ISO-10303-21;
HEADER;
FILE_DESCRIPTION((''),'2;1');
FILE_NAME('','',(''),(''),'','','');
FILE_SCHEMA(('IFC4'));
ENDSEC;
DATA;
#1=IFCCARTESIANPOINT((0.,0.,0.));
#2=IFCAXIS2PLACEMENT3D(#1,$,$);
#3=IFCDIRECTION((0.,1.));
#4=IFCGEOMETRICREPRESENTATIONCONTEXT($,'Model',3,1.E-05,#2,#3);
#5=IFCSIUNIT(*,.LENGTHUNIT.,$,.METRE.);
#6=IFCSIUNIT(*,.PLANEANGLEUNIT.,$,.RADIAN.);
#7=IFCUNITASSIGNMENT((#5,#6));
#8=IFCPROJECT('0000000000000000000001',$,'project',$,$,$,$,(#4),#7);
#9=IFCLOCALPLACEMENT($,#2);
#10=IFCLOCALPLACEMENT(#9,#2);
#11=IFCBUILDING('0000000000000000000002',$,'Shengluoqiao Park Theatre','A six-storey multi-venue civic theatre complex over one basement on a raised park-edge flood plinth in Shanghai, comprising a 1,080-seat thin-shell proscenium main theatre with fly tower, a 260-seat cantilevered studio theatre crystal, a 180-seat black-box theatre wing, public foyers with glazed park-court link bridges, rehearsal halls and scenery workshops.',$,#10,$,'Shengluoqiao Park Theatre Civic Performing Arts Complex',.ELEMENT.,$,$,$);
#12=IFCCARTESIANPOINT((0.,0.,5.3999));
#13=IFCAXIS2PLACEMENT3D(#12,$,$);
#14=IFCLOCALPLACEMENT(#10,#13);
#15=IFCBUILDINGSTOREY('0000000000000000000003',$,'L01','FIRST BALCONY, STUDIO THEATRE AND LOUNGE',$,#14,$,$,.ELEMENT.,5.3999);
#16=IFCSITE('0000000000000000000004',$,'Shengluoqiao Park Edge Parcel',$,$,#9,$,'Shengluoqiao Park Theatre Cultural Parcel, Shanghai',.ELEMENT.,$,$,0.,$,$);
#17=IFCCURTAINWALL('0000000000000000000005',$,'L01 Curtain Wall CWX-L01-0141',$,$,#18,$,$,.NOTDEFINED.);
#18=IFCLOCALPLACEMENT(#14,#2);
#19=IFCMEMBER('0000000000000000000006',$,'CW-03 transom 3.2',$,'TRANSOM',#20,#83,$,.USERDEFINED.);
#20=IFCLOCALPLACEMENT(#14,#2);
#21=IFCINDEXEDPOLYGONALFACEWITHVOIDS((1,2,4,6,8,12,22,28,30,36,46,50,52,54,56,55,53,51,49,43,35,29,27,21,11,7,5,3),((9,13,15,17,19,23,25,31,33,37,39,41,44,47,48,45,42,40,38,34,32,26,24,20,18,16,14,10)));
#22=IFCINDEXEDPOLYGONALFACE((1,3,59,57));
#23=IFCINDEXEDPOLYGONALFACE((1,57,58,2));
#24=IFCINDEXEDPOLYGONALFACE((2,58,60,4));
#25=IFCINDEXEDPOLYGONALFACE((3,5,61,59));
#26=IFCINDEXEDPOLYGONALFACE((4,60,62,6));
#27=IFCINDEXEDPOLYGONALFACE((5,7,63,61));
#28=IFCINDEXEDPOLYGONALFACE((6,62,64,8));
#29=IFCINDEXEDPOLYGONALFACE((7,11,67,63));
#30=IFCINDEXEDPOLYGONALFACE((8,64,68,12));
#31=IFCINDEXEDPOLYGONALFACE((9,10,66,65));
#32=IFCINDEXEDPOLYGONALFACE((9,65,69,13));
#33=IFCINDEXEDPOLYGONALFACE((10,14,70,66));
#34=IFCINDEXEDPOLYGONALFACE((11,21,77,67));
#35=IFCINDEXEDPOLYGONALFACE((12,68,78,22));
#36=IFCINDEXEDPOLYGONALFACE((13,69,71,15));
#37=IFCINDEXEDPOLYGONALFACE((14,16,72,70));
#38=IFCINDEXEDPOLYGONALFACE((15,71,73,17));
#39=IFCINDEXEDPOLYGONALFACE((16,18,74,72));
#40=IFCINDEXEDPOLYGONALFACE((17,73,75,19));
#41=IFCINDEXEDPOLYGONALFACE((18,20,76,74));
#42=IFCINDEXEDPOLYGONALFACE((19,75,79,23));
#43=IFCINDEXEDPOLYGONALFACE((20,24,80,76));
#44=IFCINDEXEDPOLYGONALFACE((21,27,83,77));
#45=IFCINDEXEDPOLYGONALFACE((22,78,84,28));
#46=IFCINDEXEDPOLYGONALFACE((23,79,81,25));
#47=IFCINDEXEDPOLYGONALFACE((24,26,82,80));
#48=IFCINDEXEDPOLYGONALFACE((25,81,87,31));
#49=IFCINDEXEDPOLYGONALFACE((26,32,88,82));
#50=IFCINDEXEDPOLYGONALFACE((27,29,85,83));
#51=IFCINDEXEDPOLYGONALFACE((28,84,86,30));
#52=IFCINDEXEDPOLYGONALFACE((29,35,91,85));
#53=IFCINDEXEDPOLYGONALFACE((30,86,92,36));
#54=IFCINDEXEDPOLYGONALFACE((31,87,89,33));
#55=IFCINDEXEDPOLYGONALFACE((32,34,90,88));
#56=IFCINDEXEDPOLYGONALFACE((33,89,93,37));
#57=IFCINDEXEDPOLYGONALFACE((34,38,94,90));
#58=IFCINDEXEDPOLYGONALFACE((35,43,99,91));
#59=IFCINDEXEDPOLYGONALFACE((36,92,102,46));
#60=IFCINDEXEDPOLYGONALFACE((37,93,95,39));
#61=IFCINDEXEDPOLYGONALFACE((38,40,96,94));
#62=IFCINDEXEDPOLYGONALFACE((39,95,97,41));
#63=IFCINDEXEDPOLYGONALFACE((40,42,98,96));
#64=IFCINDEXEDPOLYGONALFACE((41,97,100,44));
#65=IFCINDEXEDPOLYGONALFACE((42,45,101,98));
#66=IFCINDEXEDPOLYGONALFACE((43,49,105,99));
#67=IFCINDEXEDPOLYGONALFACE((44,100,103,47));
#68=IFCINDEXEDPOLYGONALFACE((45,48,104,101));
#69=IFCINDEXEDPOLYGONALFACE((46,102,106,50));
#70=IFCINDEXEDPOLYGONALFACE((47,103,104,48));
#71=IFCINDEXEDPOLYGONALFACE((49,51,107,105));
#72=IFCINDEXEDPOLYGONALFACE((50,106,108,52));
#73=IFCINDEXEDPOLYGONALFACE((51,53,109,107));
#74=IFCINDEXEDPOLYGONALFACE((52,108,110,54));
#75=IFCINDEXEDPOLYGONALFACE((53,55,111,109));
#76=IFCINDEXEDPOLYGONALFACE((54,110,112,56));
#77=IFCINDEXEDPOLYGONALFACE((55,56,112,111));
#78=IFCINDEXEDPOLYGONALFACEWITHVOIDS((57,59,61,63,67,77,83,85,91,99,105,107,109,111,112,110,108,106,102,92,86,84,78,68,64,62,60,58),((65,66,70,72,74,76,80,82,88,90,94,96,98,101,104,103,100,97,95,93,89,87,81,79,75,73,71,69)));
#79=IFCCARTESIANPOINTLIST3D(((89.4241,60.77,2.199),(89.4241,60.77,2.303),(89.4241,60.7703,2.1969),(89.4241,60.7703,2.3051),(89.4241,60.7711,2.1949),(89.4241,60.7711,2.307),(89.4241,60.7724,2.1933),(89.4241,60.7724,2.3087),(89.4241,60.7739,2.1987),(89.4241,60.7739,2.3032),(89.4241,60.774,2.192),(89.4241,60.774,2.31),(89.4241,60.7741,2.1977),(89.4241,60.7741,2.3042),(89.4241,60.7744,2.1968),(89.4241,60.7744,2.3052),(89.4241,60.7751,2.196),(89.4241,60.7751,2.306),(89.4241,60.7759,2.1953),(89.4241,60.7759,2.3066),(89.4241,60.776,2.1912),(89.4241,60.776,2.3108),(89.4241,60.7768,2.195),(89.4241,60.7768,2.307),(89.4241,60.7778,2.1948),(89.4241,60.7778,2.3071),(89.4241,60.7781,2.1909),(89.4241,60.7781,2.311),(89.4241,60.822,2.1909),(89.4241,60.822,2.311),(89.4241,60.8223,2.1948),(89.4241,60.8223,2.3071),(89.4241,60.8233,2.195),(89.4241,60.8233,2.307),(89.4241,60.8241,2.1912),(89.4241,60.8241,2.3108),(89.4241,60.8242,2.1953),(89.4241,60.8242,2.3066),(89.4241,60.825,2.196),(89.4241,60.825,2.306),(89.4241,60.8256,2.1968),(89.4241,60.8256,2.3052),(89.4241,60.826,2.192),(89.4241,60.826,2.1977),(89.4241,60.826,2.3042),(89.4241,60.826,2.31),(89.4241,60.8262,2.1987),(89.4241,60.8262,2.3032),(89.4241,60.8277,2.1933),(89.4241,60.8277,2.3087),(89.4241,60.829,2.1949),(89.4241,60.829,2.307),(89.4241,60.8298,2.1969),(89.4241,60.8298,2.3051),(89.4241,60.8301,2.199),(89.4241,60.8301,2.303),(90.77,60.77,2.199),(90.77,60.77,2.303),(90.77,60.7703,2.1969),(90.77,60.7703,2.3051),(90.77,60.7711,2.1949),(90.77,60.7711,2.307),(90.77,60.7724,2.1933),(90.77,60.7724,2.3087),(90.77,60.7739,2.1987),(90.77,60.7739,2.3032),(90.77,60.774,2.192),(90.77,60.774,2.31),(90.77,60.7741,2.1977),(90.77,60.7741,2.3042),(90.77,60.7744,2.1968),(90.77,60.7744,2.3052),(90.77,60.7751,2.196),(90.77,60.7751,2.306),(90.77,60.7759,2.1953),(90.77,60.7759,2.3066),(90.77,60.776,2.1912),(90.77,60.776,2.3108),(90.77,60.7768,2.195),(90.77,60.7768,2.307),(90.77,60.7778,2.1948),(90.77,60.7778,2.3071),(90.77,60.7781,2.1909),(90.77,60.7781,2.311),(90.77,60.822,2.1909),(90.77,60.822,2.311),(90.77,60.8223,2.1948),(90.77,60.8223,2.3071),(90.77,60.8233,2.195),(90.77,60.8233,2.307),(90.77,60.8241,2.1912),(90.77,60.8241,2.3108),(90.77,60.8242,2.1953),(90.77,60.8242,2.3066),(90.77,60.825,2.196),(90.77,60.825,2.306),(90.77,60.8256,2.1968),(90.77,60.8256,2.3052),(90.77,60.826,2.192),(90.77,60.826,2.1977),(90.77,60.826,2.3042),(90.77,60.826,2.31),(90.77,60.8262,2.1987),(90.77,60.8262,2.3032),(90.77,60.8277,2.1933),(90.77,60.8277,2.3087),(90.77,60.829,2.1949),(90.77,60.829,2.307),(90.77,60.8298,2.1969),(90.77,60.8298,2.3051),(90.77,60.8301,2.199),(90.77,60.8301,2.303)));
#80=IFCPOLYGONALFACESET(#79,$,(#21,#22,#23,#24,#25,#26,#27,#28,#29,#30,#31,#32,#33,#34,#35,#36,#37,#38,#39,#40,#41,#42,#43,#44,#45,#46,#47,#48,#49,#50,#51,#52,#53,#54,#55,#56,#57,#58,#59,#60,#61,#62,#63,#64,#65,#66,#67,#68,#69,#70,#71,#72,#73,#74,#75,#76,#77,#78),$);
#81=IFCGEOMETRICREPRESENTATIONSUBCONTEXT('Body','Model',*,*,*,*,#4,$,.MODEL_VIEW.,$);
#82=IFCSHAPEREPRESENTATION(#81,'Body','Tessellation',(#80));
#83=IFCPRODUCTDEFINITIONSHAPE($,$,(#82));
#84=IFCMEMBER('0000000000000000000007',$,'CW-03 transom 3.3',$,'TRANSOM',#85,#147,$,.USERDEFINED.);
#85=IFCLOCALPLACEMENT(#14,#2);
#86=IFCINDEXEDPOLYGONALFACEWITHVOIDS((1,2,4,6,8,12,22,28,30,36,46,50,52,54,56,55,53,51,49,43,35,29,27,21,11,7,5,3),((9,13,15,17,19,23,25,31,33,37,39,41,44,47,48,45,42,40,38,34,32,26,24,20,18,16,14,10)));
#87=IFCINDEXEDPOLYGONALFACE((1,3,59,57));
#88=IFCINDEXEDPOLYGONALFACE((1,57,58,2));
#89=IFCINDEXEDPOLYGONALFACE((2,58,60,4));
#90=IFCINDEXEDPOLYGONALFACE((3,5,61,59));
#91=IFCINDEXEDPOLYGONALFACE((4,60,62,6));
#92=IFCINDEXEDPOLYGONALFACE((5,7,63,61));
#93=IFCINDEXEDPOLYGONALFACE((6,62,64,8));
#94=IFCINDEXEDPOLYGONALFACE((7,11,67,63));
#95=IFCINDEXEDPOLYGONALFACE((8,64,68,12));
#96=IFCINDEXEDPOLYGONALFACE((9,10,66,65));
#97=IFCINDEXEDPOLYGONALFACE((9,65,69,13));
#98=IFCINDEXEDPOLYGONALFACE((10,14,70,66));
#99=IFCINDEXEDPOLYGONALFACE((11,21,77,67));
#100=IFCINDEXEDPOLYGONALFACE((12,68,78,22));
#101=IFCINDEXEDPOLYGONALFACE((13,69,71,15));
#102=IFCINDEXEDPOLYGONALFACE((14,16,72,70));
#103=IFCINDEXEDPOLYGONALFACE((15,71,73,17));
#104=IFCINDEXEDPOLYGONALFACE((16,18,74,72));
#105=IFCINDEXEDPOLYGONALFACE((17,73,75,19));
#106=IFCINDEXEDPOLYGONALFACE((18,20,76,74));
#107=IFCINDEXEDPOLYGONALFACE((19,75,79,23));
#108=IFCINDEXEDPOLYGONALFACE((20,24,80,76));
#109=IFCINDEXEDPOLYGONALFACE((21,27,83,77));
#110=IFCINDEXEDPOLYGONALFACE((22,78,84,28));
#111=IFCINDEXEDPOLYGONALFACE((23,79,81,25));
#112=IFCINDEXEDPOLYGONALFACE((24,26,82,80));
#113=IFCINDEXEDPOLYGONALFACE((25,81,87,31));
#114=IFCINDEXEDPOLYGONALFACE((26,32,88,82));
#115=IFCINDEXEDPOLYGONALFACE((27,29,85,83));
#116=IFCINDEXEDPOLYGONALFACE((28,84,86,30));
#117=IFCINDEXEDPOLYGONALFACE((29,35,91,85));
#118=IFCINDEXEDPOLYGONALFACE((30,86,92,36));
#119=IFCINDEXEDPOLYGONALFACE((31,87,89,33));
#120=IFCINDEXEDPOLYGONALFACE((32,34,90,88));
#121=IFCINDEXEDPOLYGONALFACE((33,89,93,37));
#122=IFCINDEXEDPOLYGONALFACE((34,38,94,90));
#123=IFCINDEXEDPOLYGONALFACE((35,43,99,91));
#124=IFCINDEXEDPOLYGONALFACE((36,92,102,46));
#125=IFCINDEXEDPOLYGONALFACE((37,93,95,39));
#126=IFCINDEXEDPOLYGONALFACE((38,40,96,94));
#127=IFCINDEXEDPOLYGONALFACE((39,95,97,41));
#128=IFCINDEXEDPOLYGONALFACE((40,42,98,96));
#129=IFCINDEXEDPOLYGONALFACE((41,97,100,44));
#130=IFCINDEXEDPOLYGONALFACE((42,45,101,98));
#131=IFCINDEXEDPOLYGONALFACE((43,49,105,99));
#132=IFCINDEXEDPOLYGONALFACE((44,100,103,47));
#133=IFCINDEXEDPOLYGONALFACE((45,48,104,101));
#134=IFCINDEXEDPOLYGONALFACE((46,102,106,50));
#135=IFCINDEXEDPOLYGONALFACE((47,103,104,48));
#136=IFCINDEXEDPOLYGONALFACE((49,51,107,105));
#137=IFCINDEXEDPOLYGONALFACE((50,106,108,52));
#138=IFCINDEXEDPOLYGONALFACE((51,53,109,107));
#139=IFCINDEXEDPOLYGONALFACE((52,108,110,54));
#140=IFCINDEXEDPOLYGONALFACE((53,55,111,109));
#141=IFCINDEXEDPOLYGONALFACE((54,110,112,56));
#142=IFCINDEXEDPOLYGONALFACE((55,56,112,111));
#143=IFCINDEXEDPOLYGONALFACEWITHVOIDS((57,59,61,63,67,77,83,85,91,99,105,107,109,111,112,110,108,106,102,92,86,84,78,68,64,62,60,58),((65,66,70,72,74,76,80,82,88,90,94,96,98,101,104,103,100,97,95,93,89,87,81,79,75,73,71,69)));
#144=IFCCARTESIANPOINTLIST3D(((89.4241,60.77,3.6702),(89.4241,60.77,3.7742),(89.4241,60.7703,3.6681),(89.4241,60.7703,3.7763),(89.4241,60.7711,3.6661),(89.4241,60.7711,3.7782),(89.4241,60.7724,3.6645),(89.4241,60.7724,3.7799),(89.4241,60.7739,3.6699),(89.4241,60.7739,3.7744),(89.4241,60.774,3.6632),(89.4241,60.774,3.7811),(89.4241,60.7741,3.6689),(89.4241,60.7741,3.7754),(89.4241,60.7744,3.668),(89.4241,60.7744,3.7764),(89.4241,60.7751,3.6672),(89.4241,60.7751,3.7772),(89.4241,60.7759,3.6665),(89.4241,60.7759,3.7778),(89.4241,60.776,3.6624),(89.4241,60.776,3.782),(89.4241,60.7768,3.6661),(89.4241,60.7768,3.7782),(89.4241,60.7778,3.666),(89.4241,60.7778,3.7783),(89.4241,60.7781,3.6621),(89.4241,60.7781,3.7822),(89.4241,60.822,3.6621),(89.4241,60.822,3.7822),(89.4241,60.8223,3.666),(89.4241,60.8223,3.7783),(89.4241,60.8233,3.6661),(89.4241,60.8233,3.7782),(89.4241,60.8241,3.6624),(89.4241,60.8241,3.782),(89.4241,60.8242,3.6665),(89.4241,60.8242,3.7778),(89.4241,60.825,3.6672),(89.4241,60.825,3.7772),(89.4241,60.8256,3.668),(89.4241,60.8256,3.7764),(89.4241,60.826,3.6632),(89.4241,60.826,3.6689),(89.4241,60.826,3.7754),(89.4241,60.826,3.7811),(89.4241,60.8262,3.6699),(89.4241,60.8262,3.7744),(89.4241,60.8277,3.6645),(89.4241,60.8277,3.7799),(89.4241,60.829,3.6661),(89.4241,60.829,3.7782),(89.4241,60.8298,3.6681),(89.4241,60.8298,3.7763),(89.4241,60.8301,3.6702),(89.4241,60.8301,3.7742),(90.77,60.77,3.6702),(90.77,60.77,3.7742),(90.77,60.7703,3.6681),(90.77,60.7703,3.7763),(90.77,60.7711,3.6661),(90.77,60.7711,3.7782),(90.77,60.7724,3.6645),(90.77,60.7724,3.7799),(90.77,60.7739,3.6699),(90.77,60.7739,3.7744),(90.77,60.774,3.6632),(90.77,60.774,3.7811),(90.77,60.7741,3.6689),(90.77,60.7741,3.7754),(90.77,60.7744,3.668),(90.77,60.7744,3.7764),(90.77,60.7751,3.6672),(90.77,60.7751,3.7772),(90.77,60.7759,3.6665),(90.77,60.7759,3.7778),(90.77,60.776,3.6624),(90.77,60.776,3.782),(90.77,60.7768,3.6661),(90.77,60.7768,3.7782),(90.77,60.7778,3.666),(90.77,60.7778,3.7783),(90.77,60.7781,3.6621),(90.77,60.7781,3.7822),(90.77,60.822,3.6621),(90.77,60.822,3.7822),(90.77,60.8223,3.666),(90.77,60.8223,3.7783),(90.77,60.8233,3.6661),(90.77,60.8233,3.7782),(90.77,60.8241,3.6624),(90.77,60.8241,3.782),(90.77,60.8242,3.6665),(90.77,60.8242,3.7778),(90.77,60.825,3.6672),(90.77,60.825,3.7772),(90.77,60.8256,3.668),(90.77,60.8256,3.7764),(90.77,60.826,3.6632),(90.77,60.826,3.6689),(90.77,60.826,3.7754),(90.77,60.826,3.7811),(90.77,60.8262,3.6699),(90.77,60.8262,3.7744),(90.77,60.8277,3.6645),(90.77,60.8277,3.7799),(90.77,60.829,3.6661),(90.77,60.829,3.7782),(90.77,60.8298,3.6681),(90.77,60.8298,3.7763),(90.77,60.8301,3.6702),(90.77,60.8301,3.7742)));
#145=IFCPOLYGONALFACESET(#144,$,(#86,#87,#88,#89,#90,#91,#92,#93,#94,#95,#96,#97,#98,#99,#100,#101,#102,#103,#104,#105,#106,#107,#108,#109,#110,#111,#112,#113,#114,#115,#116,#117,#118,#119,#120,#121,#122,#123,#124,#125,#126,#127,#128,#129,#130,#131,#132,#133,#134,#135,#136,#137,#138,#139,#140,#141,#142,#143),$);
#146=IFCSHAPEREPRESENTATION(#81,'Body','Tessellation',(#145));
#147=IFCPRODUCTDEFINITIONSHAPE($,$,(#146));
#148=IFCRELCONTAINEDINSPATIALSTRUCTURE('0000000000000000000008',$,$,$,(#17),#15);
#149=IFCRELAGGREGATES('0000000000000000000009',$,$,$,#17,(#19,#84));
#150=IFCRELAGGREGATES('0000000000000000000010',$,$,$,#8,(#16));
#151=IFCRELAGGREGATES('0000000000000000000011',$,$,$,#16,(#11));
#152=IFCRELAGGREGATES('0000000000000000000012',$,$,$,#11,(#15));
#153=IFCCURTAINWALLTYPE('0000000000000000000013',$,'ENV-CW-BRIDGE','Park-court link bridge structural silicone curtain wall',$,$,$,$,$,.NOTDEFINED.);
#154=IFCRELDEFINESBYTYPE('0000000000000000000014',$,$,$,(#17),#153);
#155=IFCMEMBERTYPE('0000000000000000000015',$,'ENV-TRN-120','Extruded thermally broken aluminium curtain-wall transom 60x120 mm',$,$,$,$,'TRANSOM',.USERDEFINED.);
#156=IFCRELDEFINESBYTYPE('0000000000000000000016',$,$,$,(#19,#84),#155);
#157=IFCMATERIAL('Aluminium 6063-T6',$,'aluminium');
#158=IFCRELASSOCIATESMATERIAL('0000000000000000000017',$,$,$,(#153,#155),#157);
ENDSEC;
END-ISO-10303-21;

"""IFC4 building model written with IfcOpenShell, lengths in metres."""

from ifc_helpers import new_model, si_unit, direction, frame, origin, origin_2d, place, context, subcontext, project, spatial, hollow_rectangle, extrude, material, material_profile, profile_set, type_object, element, aggregate, save


model = new_model("IFC4")

# Units and contexts
model_context = context("Model", 3, precision=1e-05, world=origin(), true_north=direction((0.0, 1.0)))
body_context = subcontext(model_context, "Body", "Model", "MODEL_VIEW")
ifc_project = project(units=[si_unit("LENGTHUNIT", "METRE"), si_unit("PLANEANGLEUNIT", "RADIAN")], contexts=[model_context])

# Site, building, storey
site_placement = place(None, origin())
site = spatial("IfcSite", under=ifc_project, at=site_placement, Name="Shengluoqiao Park Edge Parcel", LongName="Shengluoqiao Park Theatre Cultural Parcel, Shanghai", CompositionType="ELEMENT", RefElevation=0.0)
building_placement = place(site_placement, origin())
building = spatial("IfcBuilding", under=site, at=building_placement, Name="Shengluoqiao Park Theatre", Description="A six-storey multi-venue civic theatre complex over one basement on a raised park-edge flood plinth in Shanghai, comprising a 1,080-seat thin-shell proscenium main theatre with fly tower, a 260-seat cantilevered studio theatre crystal, a 180-seat black-box theatre wing, public foyers with glazed park-court link bridges, rehearsal halls and scenery workshops.", LongName="Shengluoqiao Park Theatre Civic Performing Arts Complex", CompositionType="ELEMENT")
storey_placement = place(building_placement, frame((0.0, 0.0, 5.3999)))
storey = spatial("IfcBuildingStorey", under=building, at=storey_placement, Name="L01", Description="FIRST BALCONY, STUDIO THEATRE AND LOUNGE", CompositionType="ELEMENT", Elevation=5.3999)

# Shared definitions
ifc_material_1 = material(Name="Aluminium 6063-T6", Category="aluminium")
curtain_wall_type = type_object("IfcCurtainWallType", Name="ENV-CW-BRIDGE", Description="Park-court link bridge structural silicone curtain wall", PredefinedType="NOTDEFINED", material=ifc_material_1)

# Curtain wall
curtain_wall_1_placement = place(storey_placement, origin())
curtain_wall_1 = element("IfcCurtainWall", 1, at=curtain_wall_1_placement, inside=storey, type_object=curtain_wall_type, Name="L01 Curtain Wall CWX-L01-0141", PredefinedType="NOTDEFINED")

# Members
ifc_material_profile_1 = material_profile(ifc_material_1, hollow_rectangle(XDim=0.0601, YDim=0.1201, WallThickness=0.0039, InnerFilletRadius=0.0039, OuterFilletRadius=0.0081, at=origin_2d()), Name="ALU TRANSOM 120x60x4")
ifc_profile_set_1 = profile_set([ifc_material_profile_1], Name="Aluminium 6063-T6")
member_type_1 = type_object("IfcMemberType", Name="ENV-TRN-120", Description="Extruded thermally broken aluminium curtain-wall transom 60x120 mm", ElementType="TRANSOM", PredefinedType="USERDEFINED", material=ifc_profile_set_1)
member_1_placement = place(storey_placement, frame((89.4241, 60.8, 2.251), z_axis=(1.0, 0.0, 0.0), x_axis=(0.0, 1.0, 0.0)))
member_1 = element("IfcMember", 2, at=member_1_placement, type_object=member_type_1, Name="CW-03 transom 3.2", ObjectType="TRANSOM", PredefinedType="USERDEFINED", context=body_context, shape_type="SweptSolid", body=[
    extrude(hollow_rectangle(XDim=0.0601, YDim=0.1201, WallThickness=0.0039, InnerFilletRadius=0.0039, OuterFilletRadius=0.0081, at=origin_2d()), origin(), (0.0, 0.0, 1.0), 1.3459),
])
member_2_placement = place(storey_placement, frame((89.4241, 60.8, 3.7222), z_axis=(1.0, 0.0, 0.0), x_axis=(0.0, 1.0, 0.0)))
member_2 = element("IfcMember", 3, at=member_2_placement, type_object=member_type_1, Name="CW-03 transom 3.3", ObjectType="TRANSOM", PredefinedType="USERDEFINED", context=body_context, shape_type="SweptSolid", body=[
    extrude(hollow_rectangle(XDim=0.0601, YDim=0.1201, WallThickness=0.0039, InnerFilletRadius=0.0039, OuterFilletRadius=0.0081, at=origin_2d()), origin(), (0.0, 0.0, 1.0), 1.3459),
])

aggregate(curtain_wall_1, [member_1, member_2])

save(model, "model.ifc")
